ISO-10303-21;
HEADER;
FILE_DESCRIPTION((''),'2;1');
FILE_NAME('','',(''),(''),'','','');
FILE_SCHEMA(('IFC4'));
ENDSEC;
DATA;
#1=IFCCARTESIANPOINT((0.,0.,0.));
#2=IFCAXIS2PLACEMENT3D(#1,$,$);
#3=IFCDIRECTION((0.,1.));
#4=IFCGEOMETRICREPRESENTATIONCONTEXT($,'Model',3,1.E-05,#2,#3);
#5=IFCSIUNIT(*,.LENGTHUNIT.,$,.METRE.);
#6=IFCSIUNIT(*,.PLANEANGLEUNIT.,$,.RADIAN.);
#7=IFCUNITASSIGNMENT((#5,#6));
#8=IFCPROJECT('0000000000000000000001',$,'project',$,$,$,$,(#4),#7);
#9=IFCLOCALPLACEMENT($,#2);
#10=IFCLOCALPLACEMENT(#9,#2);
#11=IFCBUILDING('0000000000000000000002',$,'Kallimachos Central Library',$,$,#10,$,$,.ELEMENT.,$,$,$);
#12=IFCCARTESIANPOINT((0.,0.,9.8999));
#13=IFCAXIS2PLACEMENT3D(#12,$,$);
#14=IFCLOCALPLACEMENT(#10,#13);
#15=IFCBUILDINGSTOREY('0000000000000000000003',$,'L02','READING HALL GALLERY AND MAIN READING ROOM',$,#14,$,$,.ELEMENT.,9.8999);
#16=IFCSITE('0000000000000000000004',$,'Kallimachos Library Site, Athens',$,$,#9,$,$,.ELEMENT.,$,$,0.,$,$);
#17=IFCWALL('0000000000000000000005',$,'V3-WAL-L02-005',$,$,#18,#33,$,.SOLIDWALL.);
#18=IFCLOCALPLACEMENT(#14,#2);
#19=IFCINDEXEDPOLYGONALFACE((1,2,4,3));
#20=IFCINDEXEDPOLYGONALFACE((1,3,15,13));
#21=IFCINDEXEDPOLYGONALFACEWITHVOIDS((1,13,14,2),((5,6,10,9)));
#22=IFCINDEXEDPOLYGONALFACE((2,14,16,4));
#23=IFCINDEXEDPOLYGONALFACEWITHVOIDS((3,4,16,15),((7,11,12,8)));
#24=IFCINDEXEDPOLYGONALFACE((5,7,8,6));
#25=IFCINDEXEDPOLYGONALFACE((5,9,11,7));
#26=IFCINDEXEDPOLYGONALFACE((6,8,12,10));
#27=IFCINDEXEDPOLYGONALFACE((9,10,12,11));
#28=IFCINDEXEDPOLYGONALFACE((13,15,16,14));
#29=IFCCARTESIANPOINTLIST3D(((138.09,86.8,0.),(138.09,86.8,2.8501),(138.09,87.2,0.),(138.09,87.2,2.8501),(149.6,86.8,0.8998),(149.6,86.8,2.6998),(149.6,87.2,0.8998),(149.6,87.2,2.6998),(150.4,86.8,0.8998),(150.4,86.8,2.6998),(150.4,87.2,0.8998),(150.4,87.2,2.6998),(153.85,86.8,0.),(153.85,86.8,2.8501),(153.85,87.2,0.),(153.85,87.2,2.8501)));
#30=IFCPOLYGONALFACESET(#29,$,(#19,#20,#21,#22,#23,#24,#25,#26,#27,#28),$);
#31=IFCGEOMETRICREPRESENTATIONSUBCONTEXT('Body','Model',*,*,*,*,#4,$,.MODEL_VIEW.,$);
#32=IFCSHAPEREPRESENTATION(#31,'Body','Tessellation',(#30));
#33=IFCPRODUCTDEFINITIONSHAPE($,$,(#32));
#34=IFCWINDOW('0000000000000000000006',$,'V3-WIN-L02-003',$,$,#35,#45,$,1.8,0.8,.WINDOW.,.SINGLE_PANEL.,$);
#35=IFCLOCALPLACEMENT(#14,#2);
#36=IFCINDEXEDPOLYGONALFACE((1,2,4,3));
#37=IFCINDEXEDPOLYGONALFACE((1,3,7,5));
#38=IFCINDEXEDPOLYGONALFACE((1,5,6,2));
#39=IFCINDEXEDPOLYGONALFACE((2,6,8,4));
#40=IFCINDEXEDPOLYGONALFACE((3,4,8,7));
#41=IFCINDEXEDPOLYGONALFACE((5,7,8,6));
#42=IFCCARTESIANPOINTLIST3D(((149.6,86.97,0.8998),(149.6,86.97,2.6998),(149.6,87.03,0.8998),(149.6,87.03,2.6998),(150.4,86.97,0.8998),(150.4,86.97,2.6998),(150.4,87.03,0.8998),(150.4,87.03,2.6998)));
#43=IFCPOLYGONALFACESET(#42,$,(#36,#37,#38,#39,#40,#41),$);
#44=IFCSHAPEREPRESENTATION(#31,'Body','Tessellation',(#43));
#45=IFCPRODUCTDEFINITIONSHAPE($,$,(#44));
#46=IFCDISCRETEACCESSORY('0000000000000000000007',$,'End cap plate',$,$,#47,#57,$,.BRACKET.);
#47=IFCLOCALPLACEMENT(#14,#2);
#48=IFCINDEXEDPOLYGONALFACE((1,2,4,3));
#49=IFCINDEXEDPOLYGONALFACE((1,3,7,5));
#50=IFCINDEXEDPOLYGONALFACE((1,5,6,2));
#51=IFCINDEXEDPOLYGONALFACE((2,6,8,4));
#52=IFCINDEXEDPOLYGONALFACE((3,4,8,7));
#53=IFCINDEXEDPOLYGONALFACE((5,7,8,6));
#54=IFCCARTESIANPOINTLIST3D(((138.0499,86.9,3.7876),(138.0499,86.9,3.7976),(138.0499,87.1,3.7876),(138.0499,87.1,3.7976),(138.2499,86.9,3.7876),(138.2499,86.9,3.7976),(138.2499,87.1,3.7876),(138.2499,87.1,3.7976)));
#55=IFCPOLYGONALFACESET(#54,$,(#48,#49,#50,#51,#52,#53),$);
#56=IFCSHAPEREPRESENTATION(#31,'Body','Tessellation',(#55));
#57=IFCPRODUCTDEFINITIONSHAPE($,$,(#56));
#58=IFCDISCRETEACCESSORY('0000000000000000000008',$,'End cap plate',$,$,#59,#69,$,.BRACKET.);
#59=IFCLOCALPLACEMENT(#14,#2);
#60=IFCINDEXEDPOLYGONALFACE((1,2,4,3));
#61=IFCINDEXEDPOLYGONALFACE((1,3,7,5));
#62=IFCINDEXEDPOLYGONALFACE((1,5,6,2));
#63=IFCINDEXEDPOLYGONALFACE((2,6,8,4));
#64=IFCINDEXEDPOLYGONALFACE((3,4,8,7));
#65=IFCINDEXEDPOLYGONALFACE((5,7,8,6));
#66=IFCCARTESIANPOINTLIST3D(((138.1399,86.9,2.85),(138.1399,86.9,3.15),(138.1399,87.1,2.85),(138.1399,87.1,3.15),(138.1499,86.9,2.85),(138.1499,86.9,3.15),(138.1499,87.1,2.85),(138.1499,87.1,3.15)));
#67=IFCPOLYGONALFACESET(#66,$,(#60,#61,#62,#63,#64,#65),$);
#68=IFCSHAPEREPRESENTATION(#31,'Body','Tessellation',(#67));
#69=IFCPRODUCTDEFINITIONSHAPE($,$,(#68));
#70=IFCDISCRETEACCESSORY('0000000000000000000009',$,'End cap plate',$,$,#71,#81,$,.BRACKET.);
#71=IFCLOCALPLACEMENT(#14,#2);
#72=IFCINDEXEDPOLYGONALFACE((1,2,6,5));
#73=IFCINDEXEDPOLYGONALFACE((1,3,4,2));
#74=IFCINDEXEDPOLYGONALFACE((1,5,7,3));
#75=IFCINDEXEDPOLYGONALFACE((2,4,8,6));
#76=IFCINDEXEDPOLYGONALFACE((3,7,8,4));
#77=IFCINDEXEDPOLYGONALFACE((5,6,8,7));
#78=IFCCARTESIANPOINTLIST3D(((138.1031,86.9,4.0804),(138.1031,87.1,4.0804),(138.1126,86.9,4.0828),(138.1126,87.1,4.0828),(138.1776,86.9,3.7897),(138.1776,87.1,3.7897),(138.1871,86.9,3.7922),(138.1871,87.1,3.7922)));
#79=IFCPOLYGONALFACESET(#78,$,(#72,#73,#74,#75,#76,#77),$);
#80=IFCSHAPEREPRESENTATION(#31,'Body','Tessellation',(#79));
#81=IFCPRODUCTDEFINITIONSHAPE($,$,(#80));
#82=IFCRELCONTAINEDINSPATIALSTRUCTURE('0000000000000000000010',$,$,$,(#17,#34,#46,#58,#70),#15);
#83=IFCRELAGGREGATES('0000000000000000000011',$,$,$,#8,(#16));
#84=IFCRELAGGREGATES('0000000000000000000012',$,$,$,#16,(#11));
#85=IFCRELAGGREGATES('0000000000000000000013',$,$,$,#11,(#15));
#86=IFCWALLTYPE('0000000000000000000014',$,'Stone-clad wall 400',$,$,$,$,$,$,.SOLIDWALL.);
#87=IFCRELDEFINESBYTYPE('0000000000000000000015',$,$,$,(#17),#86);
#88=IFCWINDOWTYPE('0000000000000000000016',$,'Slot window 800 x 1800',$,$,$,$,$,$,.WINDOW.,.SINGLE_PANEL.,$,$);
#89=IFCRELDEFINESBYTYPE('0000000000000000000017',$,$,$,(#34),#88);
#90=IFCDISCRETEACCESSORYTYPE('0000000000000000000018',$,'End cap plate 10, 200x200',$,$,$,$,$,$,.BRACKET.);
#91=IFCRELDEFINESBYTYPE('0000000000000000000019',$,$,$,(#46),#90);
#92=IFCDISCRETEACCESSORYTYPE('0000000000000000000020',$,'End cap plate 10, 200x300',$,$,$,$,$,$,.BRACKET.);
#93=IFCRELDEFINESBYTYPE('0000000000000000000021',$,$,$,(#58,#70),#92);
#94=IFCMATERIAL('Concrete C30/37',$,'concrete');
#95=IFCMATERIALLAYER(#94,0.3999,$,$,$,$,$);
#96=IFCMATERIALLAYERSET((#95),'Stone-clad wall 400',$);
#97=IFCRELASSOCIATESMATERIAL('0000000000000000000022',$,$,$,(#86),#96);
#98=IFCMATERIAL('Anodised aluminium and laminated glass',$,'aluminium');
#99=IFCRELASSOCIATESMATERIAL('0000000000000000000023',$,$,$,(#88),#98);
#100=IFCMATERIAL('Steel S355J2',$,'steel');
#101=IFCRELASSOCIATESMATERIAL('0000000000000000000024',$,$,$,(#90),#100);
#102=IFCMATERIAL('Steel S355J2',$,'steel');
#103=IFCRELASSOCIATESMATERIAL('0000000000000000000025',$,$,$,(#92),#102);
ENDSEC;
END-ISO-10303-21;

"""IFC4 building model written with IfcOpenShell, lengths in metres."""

from ifc_helpers import new_model, si_unit, direction, frame, frame_2d, origin, origin_2d, place, context, subcontext, project, spatial, rectangle, extrude, material, layer, layer_set, material_profile, profile_set, type_object, element, fill, save


model = new_model("IFC4")

# Units and contexts
model_context = context("Model", 3, precision=1e-05, world=origin(), true_north=direction((0.0, 1.0)))
body_context = subcontext(model_context, "Body", "Model", "MODEL_VIEW")
ifc_project = project(units=[si_unit("LENGTHUNIT", "METRE"), si_unit("PLANEANGLEUNIT", "RADIAN")], contexts=[model_context])

# Site, building, storey
site_placement = place(None, origin())
site = spatial("IfcSite", under=ifc_project, at=site_placement, Name="Kallimachos Library Site, Athens", CompositionType="ELEMENT", RefElevation=0.0)
building_placement = place(site_placement, origin())
building = spatial("IfcBuilding", under=site, at=building_placement, Name="Kallimachos Central Library", CompositionType="ELEMENT")
storey_placement = place(building_placement, frame((0.0, 0.0, 9.8999)))
storey = spatial("IfcBuildingStorey", under=building, at=storey_placement, Name="L02", Description="READING HALL GALLERY AND MAIN READING ROOM", CompositionType="ELEMENT", Elevation=9.8999)

# Wall, opening, window
ifc_material_1 = material(Name="Concrete C30/37", Category="concrete")
ifc_layer_1 = layer(ifc_material_1, 0.3999)
ifc_layer_set_1 = layer_set([ifc_layer_1], Name="Stone-clad wall 400")
wall_type_1 = type_object("IfcWallType", Name="Stone-clad wall 400", PredefinedType="SOLIDWALL", material=ifc_layer_set_1)
wall_1_placement = place(storey_placement, frame((138.0901, 87.0, 0.0), z_axis=(0.0, 0.0, 1.0), x_axis=(1.0, 0.0, 0.0)))
wall_1 = element("IfcWall", 1, at=wall_1_placement, inside=storey, type_object=wall_type_1, Name="V3-WAL-L02-005", PredefinedType="SOLIDWALL", context=body_context, shape_type="SweptSolid", body=[
    extrude(rectangle(XDim=15.76, YDim=0.3999, at=frame_2d((7.8799, 0.0))), origin(), (0.0, 0.0, 1.0), 2.8501),
])
opening_placement = place(wall_1_placement, frame((11.51, 0.0, 0.8999)))
opening = element("IfcOpeningElement", 2, at=opening_placement, cuts=wall_1, PredefinedType="OPENING", context=body_context, shape_type="SweptSolid", body=[
    extrude(rectangle(XDim=0.8, YDim=1.8, at=frame_2d((0.3999, 0.8999))), frame((0.0, 0.21, 0.0), z_axis=(0.0, -1.0, 0.0), x_axis=(1.0, 0.0, 0.0)), (0.0, 0.0, 1.0), 0.4199),
])
ifc_material_2 = material(Name="Anodised aluminium and laminated glass", Category="aluminium")
window_type = type_object("IfcWindowType", Name="Slot window 800 x 1800", PartitioningType="SINGLE_PANEL", PredefinedType="WINDOW", material=ifc_material_2)
window_placement = place(opening_placement, origin())
window = element("IfcWindow", 3, at=window_placement, inside=storey, type_object=window_type, Name="V3-WIN-L02-003", OverallHeight=1.8, OverallWidth=0.8, PartitioningType="SINGLE_PANEL", PredefinedType="WINDOW", context=body_context, shape_type="SweptSolid", body=[
    extrude(rectangle(XDim=0.8, YDim=1.8, at=frame_2d((0.3999, 0.8999))), frame((0.0, 0.03, 0.0), z_axis=(0.0, -1.0, 0.0), x_axis=(1.0, 0.0, 0.0)), (0.0, 0.0, 1.0), 0.0601),
])
fill(opening, window)

# Discrete accessories
ifc_material_3 = material(Name="Steel S355J2", Category="steel")
ifc_material_profile_1 = material_profile(ifc_material_3, rectangle(XDim=0.2, YDim=0.2, at=origin_2d()), Name="End cap plate 10, 200x200")
ifc_profile_set_1 = profile_set([ifc_material_profile_1], Name="Steel S355J2")
discrete_accessory_type_1 = type_object("IfcDiscreteAccessoryType", Name="End cap plate 10, 200x200", PredefinedType="BRACKET", material=ifc_profile_set_1)
discrete_accessory_1_placement = place(storey_placement, frame((138.1499, 87.0, 3.7876), z_axis=(0.0, 0.0, 1.0), x_axis=(1.0, 0.0, 0.0)))
element("IfcDiscreteAccessory", 4, at=discrete_accessory_1_placement, inside=storey, type_object=discrete_accessory_type_1, Name="End cap plate", PredefinedType="BRACKET", context=body_context, shape_type="SweptSolid", body=[
    extrude(rectangle(XDim=0.2, YDim=0.2, at=origin_2d()), origin(), (0.0, 0.0, 1.0), 0.01),
])
ifc_material_4 = material(Name="Steel S355J2", Category="steel")
ifc_material_profile_2 = material_profile(ifc_material_4, rectangle(XDim=0.2, YDim=0.3, at=origin_2d()), Name="End cap plate 10, 200x300")
ifc_profile_set_2 = profile_set([ifc_material_profile_2], Name="Steel S355J2")
discrete_accessory_type_2 = type_object("IfcDiscreteAccessoryType", Name="End cap plate 10, 200x300", PredefinedType="BRACKET", material=ifc_profile_set_2)
discrete_accessory_2_placement = place(storey_placement, frame((138.1399, 87.0, 3.0), z_axis=(1.0, 0.0, 0.0), x_axis=(0.0, 1.0, 0.0)))
element("IfcDiscreteAccessory", 5, at=discrete_accessory_2_placement, inside=storey, type_object=discrete_accessory_type_2, Name="End cap plate", PredefinedType="BRACKET", context=body_context, shape_type="SweptSolid", body=[
    extrude(rectangle(XDim=0.2, YDim=0.3, at=origin_2d()), origin(), (0.0, 0.0, 1.0), 0.01),
])
discrete_accessory_3_placement = place(storey_placement, frame((138.1404, 87.0, 3.9351), z_axis=(0.968664, 0.0, 0.248375), x_axis=(0.0, 1.0, 0.0)))
element("IfcDiscreteAccessory", 6, at=discrete_accessory_3_placement, inside=storey, type_object=discrete_accessory_type_2, Name="End cap plate", PredefinedType="BRACKET", context=body_context, shape_type="SweptSolid", body=[
    extrude(rectangle(XDim=0.2, YDim=0.3, at=origin_2d()), origin(), (0.0, 0.0, 1.0), 0.0098),
])

save(model, "model.ifc")
